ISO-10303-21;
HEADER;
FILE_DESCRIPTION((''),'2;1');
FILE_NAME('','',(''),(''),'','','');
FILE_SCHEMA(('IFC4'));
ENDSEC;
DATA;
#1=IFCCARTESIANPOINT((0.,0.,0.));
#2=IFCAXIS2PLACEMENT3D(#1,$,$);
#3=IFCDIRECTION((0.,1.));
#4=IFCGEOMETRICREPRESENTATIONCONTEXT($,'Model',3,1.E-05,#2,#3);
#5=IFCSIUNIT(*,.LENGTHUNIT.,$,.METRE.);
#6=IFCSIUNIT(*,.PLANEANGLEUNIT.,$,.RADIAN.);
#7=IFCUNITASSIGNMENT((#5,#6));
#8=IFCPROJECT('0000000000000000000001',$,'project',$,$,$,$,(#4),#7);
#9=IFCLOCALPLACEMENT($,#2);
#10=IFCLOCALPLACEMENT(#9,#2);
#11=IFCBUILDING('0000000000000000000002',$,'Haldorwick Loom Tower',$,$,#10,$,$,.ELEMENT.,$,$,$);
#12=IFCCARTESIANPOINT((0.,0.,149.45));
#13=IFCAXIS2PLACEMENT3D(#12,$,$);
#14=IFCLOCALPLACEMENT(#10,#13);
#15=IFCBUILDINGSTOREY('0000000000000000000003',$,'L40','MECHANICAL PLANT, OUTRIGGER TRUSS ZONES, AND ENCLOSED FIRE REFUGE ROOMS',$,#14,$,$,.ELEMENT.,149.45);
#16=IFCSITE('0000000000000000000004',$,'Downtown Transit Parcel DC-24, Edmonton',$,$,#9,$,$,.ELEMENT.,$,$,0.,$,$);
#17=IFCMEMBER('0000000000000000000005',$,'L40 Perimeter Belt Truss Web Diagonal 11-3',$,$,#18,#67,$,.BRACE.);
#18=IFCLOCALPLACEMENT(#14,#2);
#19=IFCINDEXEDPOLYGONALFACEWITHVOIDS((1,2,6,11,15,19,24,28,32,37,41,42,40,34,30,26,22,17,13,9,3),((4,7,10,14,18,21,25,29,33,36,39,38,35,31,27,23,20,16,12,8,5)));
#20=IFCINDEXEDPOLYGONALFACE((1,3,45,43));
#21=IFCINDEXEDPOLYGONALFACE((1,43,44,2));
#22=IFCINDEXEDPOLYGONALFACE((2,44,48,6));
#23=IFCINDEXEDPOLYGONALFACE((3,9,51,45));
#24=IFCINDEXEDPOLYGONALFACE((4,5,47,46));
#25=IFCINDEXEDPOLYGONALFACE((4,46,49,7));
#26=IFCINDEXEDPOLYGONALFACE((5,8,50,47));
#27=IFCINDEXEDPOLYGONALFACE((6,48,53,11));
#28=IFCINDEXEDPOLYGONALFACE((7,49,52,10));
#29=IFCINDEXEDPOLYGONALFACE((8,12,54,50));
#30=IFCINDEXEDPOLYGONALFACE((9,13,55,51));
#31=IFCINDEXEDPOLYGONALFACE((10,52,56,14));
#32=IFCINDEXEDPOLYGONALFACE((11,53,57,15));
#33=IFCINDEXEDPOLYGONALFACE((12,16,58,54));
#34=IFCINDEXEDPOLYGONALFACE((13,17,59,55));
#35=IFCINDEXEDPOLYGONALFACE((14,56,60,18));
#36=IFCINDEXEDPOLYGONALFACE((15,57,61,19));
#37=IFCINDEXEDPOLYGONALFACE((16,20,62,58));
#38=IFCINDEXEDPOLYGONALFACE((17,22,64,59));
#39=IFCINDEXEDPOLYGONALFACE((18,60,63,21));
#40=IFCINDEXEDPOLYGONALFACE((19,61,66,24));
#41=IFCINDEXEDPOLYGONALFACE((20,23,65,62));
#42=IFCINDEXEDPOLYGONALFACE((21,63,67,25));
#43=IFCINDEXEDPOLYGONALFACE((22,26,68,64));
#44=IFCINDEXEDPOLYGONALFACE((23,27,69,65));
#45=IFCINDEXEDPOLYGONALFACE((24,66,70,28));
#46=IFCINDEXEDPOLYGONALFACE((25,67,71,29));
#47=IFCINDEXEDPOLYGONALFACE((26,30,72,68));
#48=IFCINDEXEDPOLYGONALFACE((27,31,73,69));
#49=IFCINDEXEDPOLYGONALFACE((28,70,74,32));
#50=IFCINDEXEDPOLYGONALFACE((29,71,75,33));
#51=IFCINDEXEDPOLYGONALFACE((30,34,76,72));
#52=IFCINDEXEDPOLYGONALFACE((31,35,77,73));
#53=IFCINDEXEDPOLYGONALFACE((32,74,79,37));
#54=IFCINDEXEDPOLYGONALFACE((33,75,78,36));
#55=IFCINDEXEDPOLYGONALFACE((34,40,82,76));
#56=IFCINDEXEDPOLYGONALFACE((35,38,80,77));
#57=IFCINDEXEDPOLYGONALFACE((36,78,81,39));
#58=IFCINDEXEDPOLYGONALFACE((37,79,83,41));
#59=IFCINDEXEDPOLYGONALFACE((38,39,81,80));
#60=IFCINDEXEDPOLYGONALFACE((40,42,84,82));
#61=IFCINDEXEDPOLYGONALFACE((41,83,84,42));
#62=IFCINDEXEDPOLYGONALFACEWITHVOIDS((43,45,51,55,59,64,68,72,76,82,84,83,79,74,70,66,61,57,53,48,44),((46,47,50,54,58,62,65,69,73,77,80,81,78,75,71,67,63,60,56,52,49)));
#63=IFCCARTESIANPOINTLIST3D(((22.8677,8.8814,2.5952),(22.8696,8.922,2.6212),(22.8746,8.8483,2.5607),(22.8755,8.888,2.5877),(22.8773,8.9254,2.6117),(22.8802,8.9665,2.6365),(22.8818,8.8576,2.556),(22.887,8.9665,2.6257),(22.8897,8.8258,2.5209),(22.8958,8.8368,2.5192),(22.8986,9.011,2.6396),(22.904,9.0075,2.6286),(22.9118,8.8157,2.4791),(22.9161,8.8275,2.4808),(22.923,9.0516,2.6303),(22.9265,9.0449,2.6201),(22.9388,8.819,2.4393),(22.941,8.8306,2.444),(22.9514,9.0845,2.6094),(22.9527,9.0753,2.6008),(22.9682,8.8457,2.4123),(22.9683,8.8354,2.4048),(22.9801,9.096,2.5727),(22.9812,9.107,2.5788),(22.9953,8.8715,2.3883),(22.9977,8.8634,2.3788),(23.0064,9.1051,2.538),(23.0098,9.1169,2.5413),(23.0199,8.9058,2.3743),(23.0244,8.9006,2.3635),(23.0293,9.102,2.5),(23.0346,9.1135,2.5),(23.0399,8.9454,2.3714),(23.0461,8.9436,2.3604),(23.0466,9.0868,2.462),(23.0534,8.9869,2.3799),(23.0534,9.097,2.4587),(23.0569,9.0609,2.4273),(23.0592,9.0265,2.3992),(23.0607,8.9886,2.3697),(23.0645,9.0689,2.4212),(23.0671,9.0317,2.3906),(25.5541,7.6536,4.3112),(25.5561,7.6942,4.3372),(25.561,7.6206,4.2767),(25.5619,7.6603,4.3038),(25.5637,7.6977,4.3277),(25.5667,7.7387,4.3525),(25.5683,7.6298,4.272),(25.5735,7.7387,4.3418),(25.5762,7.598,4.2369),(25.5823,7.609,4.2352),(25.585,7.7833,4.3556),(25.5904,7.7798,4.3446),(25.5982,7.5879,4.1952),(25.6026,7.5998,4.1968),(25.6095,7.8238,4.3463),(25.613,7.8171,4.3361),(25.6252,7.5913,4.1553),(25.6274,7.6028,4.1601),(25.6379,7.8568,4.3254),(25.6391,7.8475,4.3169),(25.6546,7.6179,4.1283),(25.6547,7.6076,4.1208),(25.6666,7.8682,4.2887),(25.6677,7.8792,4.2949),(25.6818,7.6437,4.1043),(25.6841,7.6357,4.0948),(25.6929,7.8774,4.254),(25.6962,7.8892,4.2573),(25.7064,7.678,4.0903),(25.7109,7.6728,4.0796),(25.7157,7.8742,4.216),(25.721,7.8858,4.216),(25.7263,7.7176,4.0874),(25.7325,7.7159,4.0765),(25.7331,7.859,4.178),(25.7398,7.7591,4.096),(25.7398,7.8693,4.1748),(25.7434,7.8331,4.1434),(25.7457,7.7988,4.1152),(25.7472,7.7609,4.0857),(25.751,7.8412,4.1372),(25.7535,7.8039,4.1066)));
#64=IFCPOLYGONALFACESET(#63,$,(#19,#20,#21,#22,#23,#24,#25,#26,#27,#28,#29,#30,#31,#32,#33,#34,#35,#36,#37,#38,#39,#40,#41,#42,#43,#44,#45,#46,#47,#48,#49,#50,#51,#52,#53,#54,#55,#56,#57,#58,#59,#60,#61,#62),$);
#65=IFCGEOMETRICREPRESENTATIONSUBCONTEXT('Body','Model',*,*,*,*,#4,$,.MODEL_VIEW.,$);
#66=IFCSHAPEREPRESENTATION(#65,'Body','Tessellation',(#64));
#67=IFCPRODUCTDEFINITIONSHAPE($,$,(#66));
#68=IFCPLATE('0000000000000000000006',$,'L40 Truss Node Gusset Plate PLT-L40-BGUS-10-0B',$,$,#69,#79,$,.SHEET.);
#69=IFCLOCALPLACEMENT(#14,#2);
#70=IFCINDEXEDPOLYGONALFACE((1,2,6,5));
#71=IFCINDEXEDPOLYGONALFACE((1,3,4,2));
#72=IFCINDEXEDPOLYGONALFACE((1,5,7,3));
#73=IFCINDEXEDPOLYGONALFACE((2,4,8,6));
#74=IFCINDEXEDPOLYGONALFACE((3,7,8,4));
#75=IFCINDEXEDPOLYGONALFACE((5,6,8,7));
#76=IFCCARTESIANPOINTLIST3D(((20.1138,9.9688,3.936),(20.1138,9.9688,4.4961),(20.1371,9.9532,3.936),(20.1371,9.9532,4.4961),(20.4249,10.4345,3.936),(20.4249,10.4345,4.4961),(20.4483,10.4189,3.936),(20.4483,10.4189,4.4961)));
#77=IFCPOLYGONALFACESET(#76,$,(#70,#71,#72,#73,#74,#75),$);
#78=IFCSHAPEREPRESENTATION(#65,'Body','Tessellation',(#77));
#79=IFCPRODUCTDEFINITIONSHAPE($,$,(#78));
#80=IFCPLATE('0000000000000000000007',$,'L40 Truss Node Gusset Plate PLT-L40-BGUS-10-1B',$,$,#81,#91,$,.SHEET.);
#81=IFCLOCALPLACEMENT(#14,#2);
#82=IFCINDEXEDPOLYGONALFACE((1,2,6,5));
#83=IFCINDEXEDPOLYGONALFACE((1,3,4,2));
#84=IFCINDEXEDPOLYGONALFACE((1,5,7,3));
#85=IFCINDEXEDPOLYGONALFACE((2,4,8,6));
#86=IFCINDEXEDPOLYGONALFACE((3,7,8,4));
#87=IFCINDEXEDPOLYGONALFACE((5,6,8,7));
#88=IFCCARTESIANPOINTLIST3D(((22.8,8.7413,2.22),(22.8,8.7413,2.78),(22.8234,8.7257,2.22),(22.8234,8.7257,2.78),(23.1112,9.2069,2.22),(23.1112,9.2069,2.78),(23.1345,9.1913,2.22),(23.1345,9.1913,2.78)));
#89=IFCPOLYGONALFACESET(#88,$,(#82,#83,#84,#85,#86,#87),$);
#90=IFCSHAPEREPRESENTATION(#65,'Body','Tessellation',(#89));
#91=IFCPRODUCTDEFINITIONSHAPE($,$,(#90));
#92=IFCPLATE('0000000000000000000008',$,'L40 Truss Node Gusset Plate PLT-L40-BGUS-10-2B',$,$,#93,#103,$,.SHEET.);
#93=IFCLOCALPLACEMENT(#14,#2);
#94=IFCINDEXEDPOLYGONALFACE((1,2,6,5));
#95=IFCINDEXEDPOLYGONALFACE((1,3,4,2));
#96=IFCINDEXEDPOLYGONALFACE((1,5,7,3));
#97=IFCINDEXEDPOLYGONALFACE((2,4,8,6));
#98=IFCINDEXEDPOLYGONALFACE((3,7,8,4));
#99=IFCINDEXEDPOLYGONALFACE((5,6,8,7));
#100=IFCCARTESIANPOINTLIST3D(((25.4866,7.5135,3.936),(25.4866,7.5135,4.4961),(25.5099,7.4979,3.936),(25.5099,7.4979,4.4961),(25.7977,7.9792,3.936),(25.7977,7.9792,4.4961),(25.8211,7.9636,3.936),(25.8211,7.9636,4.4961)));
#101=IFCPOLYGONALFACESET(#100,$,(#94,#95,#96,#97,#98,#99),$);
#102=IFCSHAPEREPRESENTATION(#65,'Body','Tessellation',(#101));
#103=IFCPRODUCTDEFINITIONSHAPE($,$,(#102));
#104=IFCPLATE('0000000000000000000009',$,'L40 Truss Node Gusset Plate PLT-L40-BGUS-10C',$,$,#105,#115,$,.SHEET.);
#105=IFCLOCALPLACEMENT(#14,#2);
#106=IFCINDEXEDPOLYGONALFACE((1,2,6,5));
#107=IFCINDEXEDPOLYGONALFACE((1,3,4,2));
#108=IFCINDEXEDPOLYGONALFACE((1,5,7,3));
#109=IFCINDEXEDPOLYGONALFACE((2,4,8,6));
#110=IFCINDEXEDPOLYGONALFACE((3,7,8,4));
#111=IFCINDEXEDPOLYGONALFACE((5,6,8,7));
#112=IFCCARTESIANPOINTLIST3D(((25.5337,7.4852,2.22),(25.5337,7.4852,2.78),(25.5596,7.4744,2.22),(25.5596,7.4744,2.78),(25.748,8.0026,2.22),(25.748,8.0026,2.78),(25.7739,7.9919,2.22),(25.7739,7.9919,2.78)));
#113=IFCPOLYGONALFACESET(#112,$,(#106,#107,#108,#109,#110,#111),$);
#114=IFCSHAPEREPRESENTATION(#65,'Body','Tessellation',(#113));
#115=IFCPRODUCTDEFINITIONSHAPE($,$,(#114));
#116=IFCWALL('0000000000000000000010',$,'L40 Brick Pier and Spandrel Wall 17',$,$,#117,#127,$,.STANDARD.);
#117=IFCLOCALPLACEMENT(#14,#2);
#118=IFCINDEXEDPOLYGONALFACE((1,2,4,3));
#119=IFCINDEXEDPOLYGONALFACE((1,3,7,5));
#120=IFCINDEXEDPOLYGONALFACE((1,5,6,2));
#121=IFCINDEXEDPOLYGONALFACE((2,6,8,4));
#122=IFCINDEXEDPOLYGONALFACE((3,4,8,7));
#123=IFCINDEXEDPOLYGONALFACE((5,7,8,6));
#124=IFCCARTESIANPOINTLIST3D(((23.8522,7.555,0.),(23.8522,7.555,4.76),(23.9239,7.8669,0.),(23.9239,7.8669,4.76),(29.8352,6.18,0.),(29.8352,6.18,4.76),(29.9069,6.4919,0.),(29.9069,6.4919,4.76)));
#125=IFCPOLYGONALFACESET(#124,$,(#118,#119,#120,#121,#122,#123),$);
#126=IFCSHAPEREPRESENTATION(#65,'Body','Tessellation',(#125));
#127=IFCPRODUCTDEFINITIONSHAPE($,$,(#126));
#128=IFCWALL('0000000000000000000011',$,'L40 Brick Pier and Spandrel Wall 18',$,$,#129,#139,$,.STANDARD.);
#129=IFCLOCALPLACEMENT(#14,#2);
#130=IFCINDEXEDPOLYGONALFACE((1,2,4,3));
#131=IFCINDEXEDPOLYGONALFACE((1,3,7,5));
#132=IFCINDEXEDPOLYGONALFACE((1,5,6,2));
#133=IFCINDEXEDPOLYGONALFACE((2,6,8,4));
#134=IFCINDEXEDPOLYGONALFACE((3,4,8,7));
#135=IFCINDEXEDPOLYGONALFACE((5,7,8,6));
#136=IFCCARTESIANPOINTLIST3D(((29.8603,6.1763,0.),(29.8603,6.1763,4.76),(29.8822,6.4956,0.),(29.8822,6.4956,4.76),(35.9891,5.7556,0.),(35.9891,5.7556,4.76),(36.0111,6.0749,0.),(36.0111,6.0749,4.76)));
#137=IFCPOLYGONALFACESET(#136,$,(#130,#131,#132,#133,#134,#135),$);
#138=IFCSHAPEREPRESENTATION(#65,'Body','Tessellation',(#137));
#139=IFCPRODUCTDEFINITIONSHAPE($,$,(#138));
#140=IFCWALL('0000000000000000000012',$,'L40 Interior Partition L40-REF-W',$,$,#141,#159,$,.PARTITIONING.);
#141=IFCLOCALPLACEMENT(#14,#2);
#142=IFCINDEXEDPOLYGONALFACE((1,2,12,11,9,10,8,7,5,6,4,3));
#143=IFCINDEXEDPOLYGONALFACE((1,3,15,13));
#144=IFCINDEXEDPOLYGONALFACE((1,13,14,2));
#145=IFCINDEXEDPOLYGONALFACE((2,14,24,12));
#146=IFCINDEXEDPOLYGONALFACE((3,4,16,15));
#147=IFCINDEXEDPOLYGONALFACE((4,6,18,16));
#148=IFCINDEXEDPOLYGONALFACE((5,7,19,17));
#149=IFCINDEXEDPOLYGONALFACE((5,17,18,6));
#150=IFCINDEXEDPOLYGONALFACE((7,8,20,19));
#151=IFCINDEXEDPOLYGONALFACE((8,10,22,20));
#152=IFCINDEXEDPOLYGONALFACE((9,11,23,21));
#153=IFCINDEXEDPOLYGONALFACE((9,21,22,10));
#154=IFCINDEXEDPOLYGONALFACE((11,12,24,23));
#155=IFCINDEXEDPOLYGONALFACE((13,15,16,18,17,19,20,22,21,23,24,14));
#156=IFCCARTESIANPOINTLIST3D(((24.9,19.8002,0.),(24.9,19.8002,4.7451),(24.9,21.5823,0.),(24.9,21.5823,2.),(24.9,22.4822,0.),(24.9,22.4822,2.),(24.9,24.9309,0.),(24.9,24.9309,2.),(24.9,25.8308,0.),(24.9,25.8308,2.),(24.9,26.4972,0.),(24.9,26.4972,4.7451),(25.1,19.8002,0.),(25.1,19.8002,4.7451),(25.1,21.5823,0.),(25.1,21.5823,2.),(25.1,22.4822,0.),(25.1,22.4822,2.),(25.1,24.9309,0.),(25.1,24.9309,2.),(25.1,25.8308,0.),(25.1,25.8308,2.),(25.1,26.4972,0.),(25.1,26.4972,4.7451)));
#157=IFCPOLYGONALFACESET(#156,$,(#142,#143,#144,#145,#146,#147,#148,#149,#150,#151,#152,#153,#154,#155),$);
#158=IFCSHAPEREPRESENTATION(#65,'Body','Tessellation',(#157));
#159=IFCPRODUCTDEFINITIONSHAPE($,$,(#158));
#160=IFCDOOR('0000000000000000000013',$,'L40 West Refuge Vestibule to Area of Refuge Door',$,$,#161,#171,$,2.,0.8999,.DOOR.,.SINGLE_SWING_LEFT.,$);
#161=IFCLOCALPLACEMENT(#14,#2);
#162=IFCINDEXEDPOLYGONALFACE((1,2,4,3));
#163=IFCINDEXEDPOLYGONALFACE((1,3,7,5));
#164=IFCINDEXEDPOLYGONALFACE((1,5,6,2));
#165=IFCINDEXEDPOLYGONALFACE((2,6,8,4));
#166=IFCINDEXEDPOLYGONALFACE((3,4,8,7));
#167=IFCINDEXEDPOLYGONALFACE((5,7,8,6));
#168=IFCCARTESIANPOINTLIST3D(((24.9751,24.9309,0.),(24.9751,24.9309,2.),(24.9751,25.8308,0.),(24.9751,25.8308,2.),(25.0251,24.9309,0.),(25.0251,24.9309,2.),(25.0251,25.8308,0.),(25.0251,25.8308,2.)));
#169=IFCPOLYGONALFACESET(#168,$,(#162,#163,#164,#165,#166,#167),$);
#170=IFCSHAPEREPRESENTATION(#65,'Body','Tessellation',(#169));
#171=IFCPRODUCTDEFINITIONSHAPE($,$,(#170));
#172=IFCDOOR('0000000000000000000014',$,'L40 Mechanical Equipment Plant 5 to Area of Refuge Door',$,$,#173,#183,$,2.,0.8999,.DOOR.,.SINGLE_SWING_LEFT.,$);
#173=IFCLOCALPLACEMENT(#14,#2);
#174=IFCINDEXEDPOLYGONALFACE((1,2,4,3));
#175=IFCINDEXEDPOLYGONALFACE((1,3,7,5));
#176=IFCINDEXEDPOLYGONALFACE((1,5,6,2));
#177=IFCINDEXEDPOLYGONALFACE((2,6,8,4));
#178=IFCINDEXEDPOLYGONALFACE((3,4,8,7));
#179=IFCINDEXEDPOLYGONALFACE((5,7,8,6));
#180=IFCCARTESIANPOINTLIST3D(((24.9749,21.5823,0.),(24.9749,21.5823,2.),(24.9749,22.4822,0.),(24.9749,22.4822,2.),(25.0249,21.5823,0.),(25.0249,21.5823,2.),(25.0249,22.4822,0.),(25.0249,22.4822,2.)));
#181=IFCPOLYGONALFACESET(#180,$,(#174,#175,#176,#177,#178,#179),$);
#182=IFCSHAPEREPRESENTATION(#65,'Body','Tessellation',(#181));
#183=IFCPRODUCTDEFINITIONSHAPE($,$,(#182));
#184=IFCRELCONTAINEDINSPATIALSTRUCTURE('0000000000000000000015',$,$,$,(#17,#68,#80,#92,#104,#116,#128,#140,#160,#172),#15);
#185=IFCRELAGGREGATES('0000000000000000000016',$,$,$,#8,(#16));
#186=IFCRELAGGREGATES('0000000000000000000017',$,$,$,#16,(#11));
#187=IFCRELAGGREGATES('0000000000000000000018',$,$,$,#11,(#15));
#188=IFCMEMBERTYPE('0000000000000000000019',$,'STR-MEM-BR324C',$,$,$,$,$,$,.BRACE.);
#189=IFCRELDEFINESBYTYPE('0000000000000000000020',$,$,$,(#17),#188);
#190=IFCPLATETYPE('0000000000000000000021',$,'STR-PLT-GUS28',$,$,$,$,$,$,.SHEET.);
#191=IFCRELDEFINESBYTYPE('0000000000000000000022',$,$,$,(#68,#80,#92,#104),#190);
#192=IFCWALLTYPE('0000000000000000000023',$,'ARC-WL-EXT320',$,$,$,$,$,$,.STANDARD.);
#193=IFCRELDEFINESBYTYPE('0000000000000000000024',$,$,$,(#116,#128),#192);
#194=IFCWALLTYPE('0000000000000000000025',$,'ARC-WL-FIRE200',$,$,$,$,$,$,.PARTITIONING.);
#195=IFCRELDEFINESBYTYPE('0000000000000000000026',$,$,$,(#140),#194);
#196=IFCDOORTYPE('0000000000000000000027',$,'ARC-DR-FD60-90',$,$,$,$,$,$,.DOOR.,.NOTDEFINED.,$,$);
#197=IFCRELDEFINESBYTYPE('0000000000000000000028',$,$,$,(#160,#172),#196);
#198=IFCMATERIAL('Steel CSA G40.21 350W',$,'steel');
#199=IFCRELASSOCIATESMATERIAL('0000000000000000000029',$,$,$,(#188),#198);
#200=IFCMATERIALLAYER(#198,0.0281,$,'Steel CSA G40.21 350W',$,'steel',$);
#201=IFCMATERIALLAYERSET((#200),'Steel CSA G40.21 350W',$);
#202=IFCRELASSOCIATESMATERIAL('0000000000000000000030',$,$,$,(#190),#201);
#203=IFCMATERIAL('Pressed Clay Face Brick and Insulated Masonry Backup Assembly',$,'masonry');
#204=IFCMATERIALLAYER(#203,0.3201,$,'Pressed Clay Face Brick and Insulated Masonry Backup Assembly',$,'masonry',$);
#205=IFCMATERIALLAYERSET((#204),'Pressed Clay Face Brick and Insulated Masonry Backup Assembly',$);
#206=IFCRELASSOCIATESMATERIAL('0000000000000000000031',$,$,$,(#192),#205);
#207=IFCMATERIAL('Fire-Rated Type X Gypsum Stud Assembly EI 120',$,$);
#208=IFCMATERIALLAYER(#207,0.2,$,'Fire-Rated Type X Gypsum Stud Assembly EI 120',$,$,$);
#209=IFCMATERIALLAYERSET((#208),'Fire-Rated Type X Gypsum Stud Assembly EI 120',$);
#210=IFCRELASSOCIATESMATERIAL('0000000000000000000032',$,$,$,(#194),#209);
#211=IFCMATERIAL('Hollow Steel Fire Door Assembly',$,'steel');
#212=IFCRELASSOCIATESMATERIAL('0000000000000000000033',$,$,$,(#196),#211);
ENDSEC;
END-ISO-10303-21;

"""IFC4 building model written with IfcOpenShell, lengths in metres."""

from ifc_helpers import new_model, si_unit, direction, frame, frame_2d, origin, origin_2d, place, context, subcontext, project, spatial, rectangle, hollow_circle, extrude, material, layer, layer_set, material_profile, profile_set, type_object, element, fill, save


model = new_model("IFC4")

# Units and contexts
model_context = context("Model", 3, precision=1e-05, world=origin(), true_north=direction((0.0, 1.0)))
body_context = subcontext(model_context, "Body", "Model", "MODEL_VIEW")
ifc_project = project(units=[si_unit("LENGTHUNIT", "METRE"), si_unit("PLANEANGLEUNIT", "RADIAN")], contexts=[model_context])

# Site, building, storey
site_placement = place(None, origin())
site = spatial("IfcSite", under=ifc_project, at=site_placement, Name="Downtown Transit Parcel DC-24, Edmonton", CompositionType="ELEMENT", RefElevation=0.0)
building_placement = place(site_placement, origin())
building = spatial("IfcBuilding", under=site, at=building_placement, Name="Haldorwick Loom Tower", CompositionType="ELEMENT")
storey_placement = place(building_placement, frame((0.0, 0.0, 149.45)))
storey = spatial("IfcBuildingStorey", under=building, at=storey_placement, Name="L40", Description="MECHANICAL PLANT, OUTRIGGER TRUSS ZONES, AND ENCLOSED FIRE REFUGE ROOMS", CompositionType="ELEMENT", Elevation=149.45)

# Shared definitions
ifc_material_1 = material(Name="Steel CSA G40.21 350W", Category="steel")

# Member
ifc_material_profile_1 = material_profile(ifc_material_1, hollow_circle(Radius=0.1619, WallThickness=0.0127, at=origin_2d()), Name="HSS324X13", Category="steel")
ifc_profile_set_1 = profile_set([ifc_material_profile_1], Name="Steel CSA G40.21 350W")
member_type = type_object("IfcMemberType", Name="STR-MEM-BR324C", PredefinedType="BRACE", material=ifc_profile_set_1)
member_1_placement = place(storey_placement, frame((22.9673, 8.9663, 2.5), z_axis=(0.78643, -0.359411, 0.502346), x_axis=(0.415664, 0.909518, 0.0)))
element("IfcMember", 1, at=member_1_placement, inside=storey, type_object=member_type, Name="L40 Perimeter Belt Truss Web Diagonal 11-3", PredefinedType="BRACE", context=body_context, shape_type="SweptSolid", body=[
    extrude(hollow_circle(Radius=0.1619, WallThickness=0.0127, at=origin_2d()), origin(), (0.0, 0.0, 1.0), 3.416),
])

# Plates
ifc_layer_1 = layer(ifc_material_1, 0.0281, Name="Steel CSA G40.21 350W", Category="steel")
ifc_layer_set_1 = layer_set([ifc_layer_1], Name="Steel CSA G40.21 350W")
plate_type = type_object("IfcPlateType", Name="STR-PLT-GUS28", PredefinedType="SHEET", material=ifc_layer_set_1)
for number, where, z_axis, x_axis, name in (
    (2, (20.281, 10.1938, 3.936), (0.0, 0.0, 1.0), (-0.55557, -0.83147, 0.0), "L40 Truss Node Gusset Plate PLT-L40-BGUS-10-0B"),
    (3, (22.9673, 8.9663, 2.22), (0.0, 0.0, 1.0), (-0.55557, -0.83147, 0.0), "L40 Truss Node Gusset Plate PLT-L40-BGUS-10-1B"),
    (4, (25.6538, 7.7385, 3.936), (0.0, 0.0, 1.0), (-0.55557, -0.83147, 0.0), "L40 Truss Node Gusset Plate PLT-L40-BGUS-10-2B"),
    (5, (25.6538, 7.7385, 2.22), (0.0, 0.0, 1.0), (-0.382683, -0.92388, 0.0), "L40 Truss Node Gusset Plate PLT-L40-BGUS-10C"),
):
    element("IfcPlate", number, at=place(storey_placement, frame(where, z_axis=z_axis, x_axis=x_axis)), inside=storey, type_object=plate_type, Name=name, PredefinedType="SHEET", context=body_context, shape_type="SweptSolid", body=[
        extrude(rectangle(XDim=0.5601, YDim=0.0281, at=origin_2d()), origin(), (0.0, 0.0, 1.0), 0.5601),
    ])

# Walls
ifc_material_2 = material(Name="Pressed Clay Face Brick and Insulated Masonry Backup Assembly", Category="masonry")
ifc_layer_2 = layer(ifc_material_2, 0.3201, Name="Pressed Clay Face Brick and Insulated Masonry Backup Assembly", Category="masonry")
ifc_layer_set_2 = layer_set([ifc_layer_2], Name="Pressed Clay Face Brick and Insulated Masonry Backup Assembly")
wall_type_1 = type_object("IfcWallType", Name="ARC-WL-EXT320", PredefinedType="STANDARD", material=ifc_layer_set_2)
wall_1_placement = place(storey_placement, frame((23.8882, 7.7109, 0.0), z_axis=(0.0, 0.0, 1.0), x_axis=(0.974593, -0.223982, 0.0)))
element("IfcWall", 6, at=wall_1_placement, inside=storey, type_object=wall_type_1, Name="L40 Brick Pier and Spandrel Wall 17", PredefinedType="STANDARD", context=body_context, shape_type="SweptSolid", body=[
    extrude(rectangle(XDim=6.1389, YDim=0.3201, at=frame_2d((3.0693, 0.0))), origin(), (0.0, 0.0, 1.0), 4.76),
])
wall_2_placement = place(storey_placement, frame((29.8711, 6.3359, 0.0), z_axis=(0.0, 0.0, 1.0), x_axis=(0.997653, -0.068473, 0.0)))
element("IfcWall", 7, at=wall_2_placement, inside=storey, type_object=wall_type_1, Name="L40 Brick Pier and Spandrel Wall 18", PredefinedType="STANDARD", context=body_context, shape_type="SweptSolid", body=[
    extrude(rectangle(XDim=6.1433, YDim=0.3201, at=frame_2d((3.0718, 0.0))), origin(), (0.0, 0.0, 1.0), 4.76),
])

# Wall, openings, doors
ifc_material_3 = material(Name="Fire-Rated Type X Gypsum Stud Assembly EI 120")
ifc_layer_3 = layer(ifc_material_3, 0.2, Name="Fire-Rated Type X Gypsum Stud Assembly EI 120")
ifc_layer_set_3 = layer_set([ifc_layer_3], Name="Fire-Rated Type X Gypsum Stud Assembly EI 120")
wall_type_2 = type_object("IfcWallType", Name="ARC-WL-FIRE200", PredefinedType="PARTITIONING", material=ifc_layer_set_3)
wall_3_placement = place(storey_placement, frame((25.0, 19.8, 0.0), z_axis=(0.0, 0.0, 1.0), x_axis=(0.0, 1.0, 0.0)))
wall_3 = element("IfcWall", 8, at=wall_3_placement, inside=storey, type_object=wall_type_2, Name="L40 Interior Partition L40-REF-W", PredefinedType="PARTITIONING", context=body_context, shape_type="SweptSolid", body=[
    extrude(rectangle(XDim=6.697, YDim=0.2, at=frame_2d((3.3486, 0.0))), origin(), (0.0, 0.0, 1.0), 4.7451),
])
opening_1_placement = place(wall_3_placement, frame((5.1309, 0.0, 0.0)))
opening_1 = element("IfcOpeningElement", 9, at=opening_1_placement, cuts=wall_3, PredefinedType="OPENING", context=body_context, shape_type="SweptSolid", body=[
    extrude(rectangle(XDim=0.8999, YDim=2.0, at=frame_2d((0.45, 1.0))), frame((0.0, 0.1099, 0.0), z_axis=(0.0, -1.0, 0.0), x_axis=(1.0, 0.0, 0.0)), (0.0, 0.0, 1.0), 0.22),
])
opening_2_placement = place(wall_3_placement, frame((1.7822, 0.0, 0.0)))
opening_2 = element("IfcOpeningElement", 10, at=opening_2_placement, cuts=wall_3, PredefinedType="OPENING", context=body_context, shape_type="SweptSolid", body=[
    extrude(rectangle(XDim=0.8999, YDim=2.0, at=frame_2d((0.45, 1.0))), frame((0.0, 0.1099, 0.0), z_axis=(0.0, -1.0, 0.0), x_axis=(1.0, 0.0, 0.0)), (0.0, 0.0, 1.0), 0.22),
])
ifc_material_4 = material(Name="Hollow Steel Fire Door Assembly", Category="steel")
door_type = type_object("IfcDoorType", Name="ARC-DR-FD60-90", OperationType="NOTDEFINED", PredefinedType="DOOR", material=ifc_material_4)
door_1_placement = place(opening_1_placement, origin())
door_1 = element("IfcDoor", 11, at=door_1_placement, inside=storey, type_object=door_type, Name="L40 West Refuge Vestibule to Area of Refuge Door", OperationType="SINGLE_SWING_LEFT", OverallHeight=2.0, OverallWidth=0.8999, PredefinedType="DOOR", context=body_context, shape_type="SweptSolid", body=[
    extrude(rectangle(XDim=0.8999, YDim=2.0, at=frame_2d((0.45, 1.0))), frame((0.0, 0.0249, 0.0), z_axis=(0.0, -1.0, 0.0), x_axis=(1.0, 0.0, 0.0)), (0.0, 0.0, 1.0), 0.05),
])
fill(opening_1, door_1)
door_2_placement = place(opening_2_placement, frame((0.8999, 0.0, 0.0), z_axis=(0.0, 0.0, 1.0), x_axis=(-1.0, 0.0, 0.0)))
door_2 = element("IfcDoor", 12, at=door_2_placement, inside=storey, type_object=door_type, Name="L40 Mechanical Equipment Plant 5 to Area of Refuge Door", OperationType="SINGLE_SWING_LEFT", OverallHeight=2.0, OverallWidth=0.8999, PredefinedType="DOOR", context=body_context, shape_type="SweptSolid", body=[
    extrude(rectangle(XDim=0.8999, YDim=2.0, at=frame_2d((0.45, 1.0))), frame((0.0, 0.0249, 0.0), z_axis=(0.0, -1.0, 0.0), x_axis=(1.0, 0.0, 0.0)), (0.0, 0.0, 1.0), 0.05),
])
fill(opening_2, door_2)

save(model, "model.ifc")
